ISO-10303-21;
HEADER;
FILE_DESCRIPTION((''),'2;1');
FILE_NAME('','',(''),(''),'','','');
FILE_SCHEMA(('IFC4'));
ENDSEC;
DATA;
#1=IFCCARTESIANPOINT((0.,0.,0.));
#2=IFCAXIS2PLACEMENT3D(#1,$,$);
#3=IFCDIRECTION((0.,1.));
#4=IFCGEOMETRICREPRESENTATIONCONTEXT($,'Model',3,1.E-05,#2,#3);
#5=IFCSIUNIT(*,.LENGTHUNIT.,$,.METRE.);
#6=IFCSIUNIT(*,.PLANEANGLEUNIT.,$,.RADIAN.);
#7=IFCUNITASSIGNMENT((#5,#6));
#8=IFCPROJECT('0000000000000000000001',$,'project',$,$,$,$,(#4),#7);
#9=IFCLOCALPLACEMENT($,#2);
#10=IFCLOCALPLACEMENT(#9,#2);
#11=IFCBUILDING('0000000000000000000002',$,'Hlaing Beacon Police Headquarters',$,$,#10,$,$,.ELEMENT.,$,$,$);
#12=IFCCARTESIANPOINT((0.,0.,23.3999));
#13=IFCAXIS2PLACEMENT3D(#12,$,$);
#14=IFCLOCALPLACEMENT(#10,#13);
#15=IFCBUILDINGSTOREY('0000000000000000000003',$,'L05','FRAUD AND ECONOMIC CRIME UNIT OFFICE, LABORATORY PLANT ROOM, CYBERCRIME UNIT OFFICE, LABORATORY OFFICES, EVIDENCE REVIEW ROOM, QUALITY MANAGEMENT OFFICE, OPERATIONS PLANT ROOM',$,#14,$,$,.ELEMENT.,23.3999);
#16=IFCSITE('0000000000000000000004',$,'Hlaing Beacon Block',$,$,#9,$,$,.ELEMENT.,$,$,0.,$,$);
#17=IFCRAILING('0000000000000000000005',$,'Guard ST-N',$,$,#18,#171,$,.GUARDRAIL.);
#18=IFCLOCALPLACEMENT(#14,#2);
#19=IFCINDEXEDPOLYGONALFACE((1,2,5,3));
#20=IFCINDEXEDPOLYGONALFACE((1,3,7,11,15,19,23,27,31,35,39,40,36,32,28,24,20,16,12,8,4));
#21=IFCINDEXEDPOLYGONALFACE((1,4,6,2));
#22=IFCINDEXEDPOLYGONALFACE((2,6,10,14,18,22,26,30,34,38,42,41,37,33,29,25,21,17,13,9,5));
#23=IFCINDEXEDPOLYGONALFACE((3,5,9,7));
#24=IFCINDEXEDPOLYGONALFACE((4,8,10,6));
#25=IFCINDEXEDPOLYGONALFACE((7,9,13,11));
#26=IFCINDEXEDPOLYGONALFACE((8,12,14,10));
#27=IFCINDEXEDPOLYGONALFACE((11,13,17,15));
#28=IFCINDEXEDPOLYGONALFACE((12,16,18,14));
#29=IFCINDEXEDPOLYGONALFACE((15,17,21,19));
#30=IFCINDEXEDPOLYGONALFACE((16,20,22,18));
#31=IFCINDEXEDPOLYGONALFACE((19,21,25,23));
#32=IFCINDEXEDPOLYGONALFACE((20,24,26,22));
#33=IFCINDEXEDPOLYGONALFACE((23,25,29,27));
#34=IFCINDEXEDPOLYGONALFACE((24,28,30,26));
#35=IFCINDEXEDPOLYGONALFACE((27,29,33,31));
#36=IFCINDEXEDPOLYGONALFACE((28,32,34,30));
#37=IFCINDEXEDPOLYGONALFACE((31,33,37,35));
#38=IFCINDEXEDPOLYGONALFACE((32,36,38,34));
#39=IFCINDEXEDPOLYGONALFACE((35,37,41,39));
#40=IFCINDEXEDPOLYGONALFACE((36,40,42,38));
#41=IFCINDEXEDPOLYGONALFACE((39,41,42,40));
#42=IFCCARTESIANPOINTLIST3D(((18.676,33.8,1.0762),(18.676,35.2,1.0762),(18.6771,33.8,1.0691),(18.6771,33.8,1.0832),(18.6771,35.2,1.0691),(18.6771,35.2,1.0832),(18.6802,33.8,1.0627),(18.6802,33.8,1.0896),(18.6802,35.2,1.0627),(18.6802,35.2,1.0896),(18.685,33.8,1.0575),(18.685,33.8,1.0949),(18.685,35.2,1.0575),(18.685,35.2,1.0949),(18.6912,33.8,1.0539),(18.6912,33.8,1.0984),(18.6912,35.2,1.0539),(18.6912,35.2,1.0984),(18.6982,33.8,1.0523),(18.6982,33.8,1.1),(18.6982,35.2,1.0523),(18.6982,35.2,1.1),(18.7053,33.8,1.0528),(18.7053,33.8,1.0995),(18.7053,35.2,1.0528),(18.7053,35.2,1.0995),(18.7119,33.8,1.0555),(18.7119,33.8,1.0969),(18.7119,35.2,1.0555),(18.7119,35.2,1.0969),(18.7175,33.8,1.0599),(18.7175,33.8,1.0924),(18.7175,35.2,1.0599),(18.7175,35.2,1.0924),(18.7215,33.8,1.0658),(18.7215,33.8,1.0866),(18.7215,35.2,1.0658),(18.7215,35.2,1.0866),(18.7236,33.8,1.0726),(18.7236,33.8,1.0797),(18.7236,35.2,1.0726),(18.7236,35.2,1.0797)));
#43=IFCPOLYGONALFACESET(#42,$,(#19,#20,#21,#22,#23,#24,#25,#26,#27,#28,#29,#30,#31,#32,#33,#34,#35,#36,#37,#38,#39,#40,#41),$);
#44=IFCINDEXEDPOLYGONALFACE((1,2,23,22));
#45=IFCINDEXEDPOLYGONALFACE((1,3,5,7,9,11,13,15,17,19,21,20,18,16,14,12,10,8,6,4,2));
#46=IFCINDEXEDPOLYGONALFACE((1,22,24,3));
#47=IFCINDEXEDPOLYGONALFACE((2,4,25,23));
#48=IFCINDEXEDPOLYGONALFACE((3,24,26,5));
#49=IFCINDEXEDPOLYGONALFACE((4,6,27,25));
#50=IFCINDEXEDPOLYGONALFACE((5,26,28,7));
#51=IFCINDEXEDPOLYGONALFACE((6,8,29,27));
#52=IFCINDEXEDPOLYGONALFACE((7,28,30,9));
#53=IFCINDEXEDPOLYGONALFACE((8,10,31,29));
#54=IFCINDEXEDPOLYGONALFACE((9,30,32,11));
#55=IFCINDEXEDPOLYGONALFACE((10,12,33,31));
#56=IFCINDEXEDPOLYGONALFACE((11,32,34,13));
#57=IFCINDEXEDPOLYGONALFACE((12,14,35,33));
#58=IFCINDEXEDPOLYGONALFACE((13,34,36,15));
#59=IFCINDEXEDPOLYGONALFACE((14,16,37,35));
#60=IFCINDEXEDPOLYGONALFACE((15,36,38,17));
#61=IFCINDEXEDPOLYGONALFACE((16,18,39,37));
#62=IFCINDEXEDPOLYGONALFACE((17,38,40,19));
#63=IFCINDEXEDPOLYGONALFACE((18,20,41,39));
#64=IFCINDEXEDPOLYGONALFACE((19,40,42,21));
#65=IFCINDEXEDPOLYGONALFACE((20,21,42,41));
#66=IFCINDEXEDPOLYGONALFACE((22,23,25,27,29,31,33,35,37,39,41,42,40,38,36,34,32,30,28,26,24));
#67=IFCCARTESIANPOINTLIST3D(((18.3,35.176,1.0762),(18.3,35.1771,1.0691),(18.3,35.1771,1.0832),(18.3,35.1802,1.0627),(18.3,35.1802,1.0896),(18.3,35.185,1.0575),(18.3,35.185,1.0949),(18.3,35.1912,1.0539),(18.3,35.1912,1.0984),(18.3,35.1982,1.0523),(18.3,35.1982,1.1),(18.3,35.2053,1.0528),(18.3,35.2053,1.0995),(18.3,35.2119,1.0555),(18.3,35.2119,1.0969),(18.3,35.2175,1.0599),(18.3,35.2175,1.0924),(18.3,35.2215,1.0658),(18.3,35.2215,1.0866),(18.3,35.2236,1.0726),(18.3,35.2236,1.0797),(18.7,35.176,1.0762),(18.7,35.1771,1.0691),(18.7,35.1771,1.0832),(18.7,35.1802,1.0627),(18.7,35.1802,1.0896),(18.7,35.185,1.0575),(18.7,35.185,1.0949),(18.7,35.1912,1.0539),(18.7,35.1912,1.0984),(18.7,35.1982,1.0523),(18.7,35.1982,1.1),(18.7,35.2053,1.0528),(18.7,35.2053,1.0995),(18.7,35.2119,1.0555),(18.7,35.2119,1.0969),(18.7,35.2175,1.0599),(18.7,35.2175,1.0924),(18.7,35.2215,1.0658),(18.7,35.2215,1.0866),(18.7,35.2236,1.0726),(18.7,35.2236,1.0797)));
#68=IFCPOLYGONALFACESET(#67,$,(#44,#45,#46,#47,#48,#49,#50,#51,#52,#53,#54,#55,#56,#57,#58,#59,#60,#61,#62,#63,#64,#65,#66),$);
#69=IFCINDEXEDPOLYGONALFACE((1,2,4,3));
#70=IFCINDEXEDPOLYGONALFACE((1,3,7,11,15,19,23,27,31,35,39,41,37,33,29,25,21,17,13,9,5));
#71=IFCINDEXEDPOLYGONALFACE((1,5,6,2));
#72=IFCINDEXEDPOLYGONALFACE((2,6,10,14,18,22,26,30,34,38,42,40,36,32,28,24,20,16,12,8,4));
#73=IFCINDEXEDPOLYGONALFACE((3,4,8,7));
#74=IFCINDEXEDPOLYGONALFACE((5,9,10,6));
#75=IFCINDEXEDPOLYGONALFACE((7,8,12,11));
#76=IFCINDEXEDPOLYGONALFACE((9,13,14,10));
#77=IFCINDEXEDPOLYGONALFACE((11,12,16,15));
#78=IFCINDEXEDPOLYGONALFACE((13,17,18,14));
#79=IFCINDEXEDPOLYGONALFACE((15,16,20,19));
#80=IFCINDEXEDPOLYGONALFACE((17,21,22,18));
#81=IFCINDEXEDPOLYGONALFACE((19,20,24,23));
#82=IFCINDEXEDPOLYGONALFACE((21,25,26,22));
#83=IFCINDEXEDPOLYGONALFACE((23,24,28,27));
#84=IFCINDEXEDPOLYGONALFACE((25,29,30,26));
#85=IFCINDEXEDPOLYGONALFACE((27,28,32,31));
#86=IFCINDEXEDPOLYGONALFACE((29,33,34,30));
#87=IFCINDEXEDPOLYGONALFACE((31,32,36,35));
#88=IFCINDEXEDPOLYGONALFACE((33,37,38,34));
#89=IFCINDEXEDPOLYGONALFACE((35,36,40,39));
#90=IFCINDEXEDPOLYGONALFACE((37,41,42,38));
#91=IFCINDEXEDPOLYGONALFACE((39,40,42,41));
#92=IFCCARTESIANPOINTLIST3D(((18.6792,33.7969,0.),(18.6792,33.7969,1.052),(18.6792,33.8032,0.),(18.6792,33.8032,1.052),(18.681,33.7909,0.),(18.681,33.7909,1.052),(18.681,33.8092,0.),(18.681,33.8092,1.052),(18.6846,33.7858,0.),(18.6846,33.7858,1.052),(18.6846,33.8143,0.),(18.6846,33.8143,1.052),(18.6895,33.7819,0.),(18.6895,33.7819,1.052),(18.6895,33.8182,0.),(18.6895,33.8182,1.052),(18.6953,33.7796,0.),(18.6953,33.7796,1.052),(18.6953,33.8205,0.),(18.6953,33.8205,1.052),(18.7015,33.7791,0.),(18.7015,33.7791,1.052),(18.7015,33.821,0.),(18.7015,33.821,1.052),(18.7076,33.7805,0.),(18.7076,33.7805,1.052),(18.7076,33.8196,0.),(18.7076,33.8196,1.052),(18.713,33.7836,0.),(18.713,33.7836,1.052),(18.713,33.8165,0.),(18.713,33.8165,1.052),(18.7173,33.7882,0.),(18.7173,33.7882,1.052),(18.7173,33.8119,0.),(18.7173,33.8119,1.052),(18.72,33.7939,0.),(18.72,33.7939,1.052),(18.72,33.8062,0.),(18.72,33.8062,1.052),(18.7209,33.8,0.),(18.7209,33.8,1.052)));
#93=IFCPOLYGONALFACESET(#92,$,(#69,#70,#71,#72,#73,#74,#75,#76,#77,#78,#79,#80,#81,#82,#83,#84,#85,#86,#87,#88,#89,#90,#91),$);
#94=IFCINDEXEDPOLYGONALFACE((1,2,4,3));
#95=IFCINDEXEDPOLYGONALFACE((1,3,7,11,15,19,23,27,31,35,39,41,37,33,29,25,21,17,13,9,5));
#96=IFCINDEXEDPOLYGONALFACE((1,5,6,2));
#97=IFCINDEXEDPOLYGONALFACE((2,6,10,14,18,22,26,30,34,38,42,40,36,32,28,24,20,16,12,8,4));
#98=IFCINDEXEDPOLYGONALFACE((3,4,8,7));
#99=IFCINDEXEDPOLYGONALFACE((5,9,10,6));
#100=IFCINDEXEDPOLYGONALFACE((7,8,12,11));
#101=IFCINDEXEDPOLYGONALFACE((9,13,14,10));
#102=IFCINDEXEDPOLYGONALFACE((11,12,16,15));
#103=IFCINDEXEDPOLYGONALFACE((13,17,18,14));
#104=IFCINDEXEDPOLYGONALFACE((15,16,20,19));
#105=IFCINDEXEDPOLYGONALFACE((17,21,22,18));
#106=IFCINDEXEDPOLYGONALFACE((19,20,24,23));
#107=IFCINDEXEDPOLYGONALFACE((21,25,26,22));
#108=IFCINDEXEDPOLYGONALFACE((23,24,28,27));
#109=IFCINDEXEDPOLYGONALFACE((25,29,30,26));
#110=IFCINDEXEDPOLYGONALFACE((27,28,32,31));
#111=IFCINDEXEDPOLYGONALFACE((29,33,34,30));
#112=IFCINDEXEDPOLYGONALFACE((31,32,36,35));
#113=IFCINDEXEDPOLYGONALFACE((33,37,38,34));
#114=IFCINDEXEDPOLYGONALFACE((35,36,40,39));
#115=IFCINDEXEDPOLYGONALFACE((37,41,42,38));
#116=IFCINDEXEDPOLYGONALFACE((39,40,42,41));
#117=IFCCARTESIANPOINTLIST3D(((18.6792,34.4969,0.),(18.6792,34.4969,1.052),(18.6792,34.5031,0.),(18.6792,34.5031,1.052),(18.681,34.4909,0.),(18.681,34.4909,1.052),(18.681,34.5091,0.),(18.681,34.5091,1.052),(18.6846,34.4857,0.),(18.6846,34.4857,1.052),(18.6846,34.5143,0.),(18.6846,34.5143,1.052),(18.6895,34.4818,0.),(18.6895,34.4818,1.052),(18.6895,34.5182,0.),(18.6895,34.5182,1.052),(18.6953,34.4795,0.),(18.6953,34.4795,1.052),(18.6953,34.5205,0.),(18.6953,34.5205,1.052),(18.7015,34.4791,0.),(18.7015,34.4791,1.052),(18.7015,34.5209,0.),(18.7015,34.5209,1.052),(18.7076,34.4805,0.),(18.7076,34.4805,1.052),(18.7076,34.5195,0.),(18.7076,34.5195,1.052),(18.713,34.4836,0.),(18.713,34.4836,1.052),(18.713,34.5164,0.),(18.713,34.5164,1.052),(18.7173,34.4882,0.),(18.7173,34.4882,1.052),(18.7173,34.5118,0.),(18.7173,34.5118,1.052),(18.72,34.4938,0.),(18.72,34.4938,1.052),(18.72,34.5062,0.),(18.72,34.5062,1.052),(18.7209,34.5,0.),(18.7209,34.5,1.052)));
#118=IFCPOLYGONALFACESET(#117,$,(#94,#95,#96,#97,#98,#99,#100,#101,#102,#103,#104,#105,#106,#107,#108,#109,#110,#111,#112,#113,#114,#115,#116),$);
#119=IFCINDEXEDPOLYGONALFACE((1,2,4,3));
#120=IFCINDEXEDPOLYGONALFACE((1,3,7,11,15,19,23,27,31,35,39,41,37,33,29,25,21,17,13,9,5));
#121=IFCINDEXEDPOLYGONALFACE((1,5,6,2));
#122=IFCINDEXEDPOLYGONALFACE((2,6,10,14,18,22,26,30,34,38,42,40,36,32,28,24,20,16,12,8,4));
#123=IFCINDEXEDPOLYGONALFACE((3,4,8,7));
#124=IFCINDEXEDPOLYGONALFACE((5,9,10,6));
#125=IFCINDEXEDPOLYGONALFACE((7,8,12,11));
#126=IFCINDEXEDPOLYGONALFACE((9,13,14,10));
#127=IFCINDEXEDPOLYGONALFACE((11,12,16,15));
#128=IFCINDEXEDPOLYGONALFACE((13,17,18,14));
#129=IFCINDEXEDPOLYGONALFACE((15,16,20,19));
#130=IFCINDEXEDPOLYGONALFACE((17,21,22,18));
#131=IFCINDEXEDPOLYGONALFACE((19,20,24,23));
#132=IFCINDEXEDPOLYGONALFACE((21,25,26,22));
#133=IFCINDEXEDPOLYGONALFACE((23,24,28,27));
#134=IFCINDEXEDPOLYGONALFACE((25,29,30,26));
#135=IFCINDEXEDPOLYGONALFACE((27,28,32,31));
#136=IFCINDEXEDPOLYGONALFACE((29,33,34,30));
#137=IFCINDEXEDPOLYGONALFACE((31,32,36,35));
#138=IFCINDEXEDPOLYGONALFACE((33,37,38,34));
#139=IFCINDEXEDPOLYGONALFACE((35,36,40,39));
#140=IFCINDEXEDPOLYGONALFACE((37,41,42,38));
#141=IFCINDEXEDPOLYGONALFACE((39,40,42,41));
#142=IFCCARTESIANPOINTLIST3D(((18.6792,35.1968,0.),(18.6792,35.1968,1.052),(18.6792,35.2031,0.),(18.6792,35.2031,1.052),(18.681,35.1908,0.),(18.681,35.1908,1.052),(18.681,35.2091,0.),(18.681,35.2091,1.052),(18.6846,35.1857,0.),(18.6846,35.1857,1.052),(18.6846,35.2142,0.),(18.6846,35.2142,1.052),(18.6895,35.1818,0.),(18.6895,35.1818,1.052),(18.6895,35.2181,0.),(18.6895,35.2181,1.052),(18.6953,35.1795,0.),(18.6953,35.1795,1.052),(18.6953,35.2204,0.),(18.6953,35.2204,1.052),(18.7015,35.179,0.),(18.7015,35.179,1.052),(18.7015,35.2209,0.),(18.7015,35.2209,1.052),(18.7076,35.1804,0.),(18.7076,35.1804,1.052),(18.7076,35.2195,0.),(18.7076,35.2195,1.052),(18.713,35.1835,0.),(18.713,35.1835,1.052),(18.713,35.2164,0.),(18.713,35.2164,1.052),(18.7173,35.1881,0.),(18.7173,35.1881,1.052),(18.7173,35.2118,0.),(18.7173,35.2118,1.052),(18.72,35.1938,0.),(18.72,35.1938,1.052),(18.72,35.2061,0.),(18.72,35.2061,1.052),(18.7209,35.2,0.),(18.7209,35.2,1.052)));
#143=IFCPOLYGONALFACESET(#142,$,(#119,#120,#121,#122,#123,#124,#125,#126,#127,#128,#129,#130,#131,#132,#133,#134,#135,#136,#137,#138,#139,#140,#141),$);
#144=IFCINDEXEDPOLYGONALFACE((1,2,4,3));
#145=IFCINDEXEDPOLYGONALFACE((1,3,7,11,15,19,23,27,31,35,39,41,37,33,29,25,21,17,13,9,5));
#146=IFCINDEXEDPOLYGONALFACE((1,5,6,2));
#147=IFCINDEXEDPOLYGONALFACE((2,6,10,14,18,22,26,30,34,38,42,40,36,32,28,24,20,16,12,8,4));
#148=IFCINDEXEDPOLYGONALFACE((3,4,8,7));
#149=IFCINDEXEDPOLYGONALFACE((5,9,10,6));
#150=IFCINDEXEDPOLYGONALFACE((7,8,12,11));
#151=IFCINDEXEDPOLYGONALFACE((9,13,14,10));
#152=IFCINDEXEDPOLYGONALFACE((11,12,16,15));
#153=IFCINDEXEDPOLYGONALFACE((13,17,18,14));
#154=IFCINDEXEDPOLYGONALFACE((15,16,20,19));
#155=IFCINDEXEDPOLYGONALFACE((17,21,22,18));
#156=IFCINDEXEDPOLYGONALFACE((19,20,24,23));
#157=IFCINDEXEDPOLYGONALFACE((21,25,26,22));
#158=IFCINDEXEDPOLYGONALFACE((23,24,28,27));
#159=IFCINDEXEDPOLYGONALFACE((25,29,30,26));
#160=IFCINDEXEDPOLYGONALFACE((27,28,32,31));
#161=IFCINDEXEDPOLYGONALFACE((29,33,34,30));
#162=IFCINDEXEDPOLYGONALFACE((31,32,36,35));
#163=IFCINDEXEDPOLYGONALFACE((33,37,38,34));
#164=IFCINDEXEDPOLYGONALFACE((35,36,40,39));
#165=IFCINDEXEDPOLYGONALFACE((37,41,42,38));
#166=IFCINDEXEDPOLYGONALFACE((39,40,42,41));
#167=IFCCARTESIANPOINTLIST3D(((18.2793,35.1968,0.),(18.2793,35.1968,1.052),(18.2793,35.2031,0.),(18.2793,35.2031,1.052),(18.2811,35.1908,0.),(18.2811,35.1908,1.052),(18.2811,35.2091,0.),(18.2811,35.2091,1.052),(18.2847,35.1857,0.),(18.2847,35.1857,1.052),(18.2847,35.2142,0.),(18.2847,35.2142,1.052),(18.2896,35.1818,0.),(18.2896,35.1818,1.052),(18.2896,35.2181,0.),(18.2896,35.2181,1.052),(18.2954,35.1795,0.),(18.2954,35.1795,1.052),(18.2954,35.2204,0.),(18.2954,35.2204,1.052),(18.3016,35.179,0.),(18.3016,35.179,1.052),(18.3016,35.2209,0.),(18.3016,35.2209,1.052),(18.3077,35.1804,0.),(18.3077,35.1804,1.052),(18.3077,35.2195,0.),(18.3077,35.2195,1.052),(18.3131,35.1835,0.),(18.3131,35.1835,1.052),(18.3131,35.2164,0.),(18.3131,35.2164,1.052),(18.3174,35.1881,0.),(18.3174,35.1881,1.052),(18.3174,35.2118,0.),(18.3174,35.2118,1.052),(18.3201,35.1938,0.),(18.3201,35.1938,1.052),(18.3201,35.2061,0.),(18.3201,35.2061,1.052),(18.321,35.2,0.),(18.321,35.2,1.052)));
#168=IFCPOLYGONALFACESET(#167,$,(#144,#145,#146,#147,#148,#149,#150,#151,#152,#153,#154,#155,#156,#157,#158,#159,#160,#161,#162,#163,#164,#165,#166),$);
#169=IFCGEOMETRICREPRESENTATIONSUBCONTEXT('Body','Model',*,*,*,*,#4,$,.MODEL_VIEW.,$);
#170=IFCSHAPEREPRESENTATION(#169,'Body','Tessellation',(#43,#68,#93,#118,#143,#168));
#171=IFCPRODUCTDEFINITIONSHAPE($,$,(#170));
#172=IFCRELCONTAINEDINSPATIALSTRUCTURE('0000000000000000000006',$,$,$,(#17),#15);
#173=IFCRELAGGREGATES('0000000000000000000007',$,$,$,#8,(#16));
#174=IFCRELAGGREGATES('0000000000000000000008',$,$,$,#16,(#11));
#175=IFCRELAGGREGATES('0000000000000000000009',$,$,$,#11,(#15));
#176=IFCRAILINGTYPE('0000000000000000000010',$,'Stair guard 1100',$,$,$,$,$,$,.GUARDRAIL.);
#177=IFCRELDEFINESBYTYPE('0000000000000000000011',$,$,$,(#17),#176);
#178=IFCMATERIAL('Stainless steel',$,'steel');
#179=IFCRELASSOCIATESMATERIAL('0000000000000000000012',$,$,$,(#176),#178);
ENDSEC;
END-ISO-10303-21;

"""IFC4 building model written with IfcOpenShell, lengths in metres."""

from ifc_helpers import new_model, si_unit, direction, frame, origin, origin_2d, place, context, subcontext, project, spatial, circle, extrude, material, type_object, element, save


model = new_model("IFC4")

# Units and contexts
model_context = context("Model", 3, precision=1e-05, world=origin(), true_north=direction((0.0, 1.0)))
body_context = subcontext(model_context, "Body", "Model", "MODEL_VIEW")
ifc_project = project(units=[si_unit("LENGTHUNIT", "METRE"), si_unit("PLANEANGLEUNIT", "RADIAN")], contexts=[model_context])

# Site, building, storey
site_placement = place(None, origin())
site = spatial("IfcSite", under=ifc_project, at=site_placement, Name="Hlaing Beacon Block", CompositionType="ELEMENT", RefElevation=0.0)
building_placement = place(site_placement, origin())
building = spatial("IfcBuilding", under=site, at=building_placement, Name="Hlaing Beacon Police Headquarters", CompositionType="ELEMENT")
storey_placement = place(building_placement, frame((0.0, 0.0, 23.3999)))
storey = spatial("IfcBuildingStorey", under=building, at=storey_placement, Name="L05", Description="FRAUD AND ECONOMIC CRIME UNIT OFFICE, LABORATORY PLANT ROOM, CYBERCRIME UNIT OFFICE, LABORATORY OFFICES, EVIDENCE REVIEW ROOM, QUALITY MANAGEMENT OFFICE, OPERATIONS PLANT ROOM", CompositionType="ELEMENT", Elevation=23.3999)

# Railing
ifc_material_1 = material(Name="Stainless steel", Category="steel")
railing_type = type_object("IfcRailingType", Name="Stair guard 1100", PredefinedType="GUARDRAIL", material=ifc_material_1)
railing_placement = place(storey_placement, frame((18.7, 33.8, 0.0)))
element("IfcRailing", 1, at=railing_placement, inside=storey, type_object=railing_type, Name="Guard ST-N", PredefinedType="GUARDRAIL", context=body_context, shape_type="SweptSolid", body=[
    extrude(circle(Radius=0.0239, at=origin_2d()), frame((0.0, 0.0, 1.0762), z_axis=(0.0, 1.0, 0.0), x_axis=(-1.0, 0.0, 0.0)), (0.0, 0.0, 1.0), 1.3999),
    extrude(circle(Radius=0.0239, at=origin_2d()), frame((0.0, 1.3999, 1.0762), z_axis=(-1.0, 0.0, 0.0), x_axis=(0.0, -1.0, 0.0)), (0.0, 0.0, 1.0), 0.3999),
    extrude(circle(Radius=0.021, at=origin_2d()), origin(), (0.0, 0.0, 1.0), 1.052),
    extrude(circle(Radius=0.021, at=origin_2d()), frame((0.0, 0.7, 0.0)), (0.0, 0.0, 1.0), 1.052),
    extrude(circle(Radius=0.021, at=origin_2d()), frame((0.0, 1.3999, 0.0)), (0.0, 0.0, 1.0), 1.052),
    extrude(circle(Radius=0.021, at=origin_2d()), frame((-0.3999, 1.3999, 0.0)), (0.0, 0.0, 1.0), 1.052),
])

save(model, "model.ifc")
